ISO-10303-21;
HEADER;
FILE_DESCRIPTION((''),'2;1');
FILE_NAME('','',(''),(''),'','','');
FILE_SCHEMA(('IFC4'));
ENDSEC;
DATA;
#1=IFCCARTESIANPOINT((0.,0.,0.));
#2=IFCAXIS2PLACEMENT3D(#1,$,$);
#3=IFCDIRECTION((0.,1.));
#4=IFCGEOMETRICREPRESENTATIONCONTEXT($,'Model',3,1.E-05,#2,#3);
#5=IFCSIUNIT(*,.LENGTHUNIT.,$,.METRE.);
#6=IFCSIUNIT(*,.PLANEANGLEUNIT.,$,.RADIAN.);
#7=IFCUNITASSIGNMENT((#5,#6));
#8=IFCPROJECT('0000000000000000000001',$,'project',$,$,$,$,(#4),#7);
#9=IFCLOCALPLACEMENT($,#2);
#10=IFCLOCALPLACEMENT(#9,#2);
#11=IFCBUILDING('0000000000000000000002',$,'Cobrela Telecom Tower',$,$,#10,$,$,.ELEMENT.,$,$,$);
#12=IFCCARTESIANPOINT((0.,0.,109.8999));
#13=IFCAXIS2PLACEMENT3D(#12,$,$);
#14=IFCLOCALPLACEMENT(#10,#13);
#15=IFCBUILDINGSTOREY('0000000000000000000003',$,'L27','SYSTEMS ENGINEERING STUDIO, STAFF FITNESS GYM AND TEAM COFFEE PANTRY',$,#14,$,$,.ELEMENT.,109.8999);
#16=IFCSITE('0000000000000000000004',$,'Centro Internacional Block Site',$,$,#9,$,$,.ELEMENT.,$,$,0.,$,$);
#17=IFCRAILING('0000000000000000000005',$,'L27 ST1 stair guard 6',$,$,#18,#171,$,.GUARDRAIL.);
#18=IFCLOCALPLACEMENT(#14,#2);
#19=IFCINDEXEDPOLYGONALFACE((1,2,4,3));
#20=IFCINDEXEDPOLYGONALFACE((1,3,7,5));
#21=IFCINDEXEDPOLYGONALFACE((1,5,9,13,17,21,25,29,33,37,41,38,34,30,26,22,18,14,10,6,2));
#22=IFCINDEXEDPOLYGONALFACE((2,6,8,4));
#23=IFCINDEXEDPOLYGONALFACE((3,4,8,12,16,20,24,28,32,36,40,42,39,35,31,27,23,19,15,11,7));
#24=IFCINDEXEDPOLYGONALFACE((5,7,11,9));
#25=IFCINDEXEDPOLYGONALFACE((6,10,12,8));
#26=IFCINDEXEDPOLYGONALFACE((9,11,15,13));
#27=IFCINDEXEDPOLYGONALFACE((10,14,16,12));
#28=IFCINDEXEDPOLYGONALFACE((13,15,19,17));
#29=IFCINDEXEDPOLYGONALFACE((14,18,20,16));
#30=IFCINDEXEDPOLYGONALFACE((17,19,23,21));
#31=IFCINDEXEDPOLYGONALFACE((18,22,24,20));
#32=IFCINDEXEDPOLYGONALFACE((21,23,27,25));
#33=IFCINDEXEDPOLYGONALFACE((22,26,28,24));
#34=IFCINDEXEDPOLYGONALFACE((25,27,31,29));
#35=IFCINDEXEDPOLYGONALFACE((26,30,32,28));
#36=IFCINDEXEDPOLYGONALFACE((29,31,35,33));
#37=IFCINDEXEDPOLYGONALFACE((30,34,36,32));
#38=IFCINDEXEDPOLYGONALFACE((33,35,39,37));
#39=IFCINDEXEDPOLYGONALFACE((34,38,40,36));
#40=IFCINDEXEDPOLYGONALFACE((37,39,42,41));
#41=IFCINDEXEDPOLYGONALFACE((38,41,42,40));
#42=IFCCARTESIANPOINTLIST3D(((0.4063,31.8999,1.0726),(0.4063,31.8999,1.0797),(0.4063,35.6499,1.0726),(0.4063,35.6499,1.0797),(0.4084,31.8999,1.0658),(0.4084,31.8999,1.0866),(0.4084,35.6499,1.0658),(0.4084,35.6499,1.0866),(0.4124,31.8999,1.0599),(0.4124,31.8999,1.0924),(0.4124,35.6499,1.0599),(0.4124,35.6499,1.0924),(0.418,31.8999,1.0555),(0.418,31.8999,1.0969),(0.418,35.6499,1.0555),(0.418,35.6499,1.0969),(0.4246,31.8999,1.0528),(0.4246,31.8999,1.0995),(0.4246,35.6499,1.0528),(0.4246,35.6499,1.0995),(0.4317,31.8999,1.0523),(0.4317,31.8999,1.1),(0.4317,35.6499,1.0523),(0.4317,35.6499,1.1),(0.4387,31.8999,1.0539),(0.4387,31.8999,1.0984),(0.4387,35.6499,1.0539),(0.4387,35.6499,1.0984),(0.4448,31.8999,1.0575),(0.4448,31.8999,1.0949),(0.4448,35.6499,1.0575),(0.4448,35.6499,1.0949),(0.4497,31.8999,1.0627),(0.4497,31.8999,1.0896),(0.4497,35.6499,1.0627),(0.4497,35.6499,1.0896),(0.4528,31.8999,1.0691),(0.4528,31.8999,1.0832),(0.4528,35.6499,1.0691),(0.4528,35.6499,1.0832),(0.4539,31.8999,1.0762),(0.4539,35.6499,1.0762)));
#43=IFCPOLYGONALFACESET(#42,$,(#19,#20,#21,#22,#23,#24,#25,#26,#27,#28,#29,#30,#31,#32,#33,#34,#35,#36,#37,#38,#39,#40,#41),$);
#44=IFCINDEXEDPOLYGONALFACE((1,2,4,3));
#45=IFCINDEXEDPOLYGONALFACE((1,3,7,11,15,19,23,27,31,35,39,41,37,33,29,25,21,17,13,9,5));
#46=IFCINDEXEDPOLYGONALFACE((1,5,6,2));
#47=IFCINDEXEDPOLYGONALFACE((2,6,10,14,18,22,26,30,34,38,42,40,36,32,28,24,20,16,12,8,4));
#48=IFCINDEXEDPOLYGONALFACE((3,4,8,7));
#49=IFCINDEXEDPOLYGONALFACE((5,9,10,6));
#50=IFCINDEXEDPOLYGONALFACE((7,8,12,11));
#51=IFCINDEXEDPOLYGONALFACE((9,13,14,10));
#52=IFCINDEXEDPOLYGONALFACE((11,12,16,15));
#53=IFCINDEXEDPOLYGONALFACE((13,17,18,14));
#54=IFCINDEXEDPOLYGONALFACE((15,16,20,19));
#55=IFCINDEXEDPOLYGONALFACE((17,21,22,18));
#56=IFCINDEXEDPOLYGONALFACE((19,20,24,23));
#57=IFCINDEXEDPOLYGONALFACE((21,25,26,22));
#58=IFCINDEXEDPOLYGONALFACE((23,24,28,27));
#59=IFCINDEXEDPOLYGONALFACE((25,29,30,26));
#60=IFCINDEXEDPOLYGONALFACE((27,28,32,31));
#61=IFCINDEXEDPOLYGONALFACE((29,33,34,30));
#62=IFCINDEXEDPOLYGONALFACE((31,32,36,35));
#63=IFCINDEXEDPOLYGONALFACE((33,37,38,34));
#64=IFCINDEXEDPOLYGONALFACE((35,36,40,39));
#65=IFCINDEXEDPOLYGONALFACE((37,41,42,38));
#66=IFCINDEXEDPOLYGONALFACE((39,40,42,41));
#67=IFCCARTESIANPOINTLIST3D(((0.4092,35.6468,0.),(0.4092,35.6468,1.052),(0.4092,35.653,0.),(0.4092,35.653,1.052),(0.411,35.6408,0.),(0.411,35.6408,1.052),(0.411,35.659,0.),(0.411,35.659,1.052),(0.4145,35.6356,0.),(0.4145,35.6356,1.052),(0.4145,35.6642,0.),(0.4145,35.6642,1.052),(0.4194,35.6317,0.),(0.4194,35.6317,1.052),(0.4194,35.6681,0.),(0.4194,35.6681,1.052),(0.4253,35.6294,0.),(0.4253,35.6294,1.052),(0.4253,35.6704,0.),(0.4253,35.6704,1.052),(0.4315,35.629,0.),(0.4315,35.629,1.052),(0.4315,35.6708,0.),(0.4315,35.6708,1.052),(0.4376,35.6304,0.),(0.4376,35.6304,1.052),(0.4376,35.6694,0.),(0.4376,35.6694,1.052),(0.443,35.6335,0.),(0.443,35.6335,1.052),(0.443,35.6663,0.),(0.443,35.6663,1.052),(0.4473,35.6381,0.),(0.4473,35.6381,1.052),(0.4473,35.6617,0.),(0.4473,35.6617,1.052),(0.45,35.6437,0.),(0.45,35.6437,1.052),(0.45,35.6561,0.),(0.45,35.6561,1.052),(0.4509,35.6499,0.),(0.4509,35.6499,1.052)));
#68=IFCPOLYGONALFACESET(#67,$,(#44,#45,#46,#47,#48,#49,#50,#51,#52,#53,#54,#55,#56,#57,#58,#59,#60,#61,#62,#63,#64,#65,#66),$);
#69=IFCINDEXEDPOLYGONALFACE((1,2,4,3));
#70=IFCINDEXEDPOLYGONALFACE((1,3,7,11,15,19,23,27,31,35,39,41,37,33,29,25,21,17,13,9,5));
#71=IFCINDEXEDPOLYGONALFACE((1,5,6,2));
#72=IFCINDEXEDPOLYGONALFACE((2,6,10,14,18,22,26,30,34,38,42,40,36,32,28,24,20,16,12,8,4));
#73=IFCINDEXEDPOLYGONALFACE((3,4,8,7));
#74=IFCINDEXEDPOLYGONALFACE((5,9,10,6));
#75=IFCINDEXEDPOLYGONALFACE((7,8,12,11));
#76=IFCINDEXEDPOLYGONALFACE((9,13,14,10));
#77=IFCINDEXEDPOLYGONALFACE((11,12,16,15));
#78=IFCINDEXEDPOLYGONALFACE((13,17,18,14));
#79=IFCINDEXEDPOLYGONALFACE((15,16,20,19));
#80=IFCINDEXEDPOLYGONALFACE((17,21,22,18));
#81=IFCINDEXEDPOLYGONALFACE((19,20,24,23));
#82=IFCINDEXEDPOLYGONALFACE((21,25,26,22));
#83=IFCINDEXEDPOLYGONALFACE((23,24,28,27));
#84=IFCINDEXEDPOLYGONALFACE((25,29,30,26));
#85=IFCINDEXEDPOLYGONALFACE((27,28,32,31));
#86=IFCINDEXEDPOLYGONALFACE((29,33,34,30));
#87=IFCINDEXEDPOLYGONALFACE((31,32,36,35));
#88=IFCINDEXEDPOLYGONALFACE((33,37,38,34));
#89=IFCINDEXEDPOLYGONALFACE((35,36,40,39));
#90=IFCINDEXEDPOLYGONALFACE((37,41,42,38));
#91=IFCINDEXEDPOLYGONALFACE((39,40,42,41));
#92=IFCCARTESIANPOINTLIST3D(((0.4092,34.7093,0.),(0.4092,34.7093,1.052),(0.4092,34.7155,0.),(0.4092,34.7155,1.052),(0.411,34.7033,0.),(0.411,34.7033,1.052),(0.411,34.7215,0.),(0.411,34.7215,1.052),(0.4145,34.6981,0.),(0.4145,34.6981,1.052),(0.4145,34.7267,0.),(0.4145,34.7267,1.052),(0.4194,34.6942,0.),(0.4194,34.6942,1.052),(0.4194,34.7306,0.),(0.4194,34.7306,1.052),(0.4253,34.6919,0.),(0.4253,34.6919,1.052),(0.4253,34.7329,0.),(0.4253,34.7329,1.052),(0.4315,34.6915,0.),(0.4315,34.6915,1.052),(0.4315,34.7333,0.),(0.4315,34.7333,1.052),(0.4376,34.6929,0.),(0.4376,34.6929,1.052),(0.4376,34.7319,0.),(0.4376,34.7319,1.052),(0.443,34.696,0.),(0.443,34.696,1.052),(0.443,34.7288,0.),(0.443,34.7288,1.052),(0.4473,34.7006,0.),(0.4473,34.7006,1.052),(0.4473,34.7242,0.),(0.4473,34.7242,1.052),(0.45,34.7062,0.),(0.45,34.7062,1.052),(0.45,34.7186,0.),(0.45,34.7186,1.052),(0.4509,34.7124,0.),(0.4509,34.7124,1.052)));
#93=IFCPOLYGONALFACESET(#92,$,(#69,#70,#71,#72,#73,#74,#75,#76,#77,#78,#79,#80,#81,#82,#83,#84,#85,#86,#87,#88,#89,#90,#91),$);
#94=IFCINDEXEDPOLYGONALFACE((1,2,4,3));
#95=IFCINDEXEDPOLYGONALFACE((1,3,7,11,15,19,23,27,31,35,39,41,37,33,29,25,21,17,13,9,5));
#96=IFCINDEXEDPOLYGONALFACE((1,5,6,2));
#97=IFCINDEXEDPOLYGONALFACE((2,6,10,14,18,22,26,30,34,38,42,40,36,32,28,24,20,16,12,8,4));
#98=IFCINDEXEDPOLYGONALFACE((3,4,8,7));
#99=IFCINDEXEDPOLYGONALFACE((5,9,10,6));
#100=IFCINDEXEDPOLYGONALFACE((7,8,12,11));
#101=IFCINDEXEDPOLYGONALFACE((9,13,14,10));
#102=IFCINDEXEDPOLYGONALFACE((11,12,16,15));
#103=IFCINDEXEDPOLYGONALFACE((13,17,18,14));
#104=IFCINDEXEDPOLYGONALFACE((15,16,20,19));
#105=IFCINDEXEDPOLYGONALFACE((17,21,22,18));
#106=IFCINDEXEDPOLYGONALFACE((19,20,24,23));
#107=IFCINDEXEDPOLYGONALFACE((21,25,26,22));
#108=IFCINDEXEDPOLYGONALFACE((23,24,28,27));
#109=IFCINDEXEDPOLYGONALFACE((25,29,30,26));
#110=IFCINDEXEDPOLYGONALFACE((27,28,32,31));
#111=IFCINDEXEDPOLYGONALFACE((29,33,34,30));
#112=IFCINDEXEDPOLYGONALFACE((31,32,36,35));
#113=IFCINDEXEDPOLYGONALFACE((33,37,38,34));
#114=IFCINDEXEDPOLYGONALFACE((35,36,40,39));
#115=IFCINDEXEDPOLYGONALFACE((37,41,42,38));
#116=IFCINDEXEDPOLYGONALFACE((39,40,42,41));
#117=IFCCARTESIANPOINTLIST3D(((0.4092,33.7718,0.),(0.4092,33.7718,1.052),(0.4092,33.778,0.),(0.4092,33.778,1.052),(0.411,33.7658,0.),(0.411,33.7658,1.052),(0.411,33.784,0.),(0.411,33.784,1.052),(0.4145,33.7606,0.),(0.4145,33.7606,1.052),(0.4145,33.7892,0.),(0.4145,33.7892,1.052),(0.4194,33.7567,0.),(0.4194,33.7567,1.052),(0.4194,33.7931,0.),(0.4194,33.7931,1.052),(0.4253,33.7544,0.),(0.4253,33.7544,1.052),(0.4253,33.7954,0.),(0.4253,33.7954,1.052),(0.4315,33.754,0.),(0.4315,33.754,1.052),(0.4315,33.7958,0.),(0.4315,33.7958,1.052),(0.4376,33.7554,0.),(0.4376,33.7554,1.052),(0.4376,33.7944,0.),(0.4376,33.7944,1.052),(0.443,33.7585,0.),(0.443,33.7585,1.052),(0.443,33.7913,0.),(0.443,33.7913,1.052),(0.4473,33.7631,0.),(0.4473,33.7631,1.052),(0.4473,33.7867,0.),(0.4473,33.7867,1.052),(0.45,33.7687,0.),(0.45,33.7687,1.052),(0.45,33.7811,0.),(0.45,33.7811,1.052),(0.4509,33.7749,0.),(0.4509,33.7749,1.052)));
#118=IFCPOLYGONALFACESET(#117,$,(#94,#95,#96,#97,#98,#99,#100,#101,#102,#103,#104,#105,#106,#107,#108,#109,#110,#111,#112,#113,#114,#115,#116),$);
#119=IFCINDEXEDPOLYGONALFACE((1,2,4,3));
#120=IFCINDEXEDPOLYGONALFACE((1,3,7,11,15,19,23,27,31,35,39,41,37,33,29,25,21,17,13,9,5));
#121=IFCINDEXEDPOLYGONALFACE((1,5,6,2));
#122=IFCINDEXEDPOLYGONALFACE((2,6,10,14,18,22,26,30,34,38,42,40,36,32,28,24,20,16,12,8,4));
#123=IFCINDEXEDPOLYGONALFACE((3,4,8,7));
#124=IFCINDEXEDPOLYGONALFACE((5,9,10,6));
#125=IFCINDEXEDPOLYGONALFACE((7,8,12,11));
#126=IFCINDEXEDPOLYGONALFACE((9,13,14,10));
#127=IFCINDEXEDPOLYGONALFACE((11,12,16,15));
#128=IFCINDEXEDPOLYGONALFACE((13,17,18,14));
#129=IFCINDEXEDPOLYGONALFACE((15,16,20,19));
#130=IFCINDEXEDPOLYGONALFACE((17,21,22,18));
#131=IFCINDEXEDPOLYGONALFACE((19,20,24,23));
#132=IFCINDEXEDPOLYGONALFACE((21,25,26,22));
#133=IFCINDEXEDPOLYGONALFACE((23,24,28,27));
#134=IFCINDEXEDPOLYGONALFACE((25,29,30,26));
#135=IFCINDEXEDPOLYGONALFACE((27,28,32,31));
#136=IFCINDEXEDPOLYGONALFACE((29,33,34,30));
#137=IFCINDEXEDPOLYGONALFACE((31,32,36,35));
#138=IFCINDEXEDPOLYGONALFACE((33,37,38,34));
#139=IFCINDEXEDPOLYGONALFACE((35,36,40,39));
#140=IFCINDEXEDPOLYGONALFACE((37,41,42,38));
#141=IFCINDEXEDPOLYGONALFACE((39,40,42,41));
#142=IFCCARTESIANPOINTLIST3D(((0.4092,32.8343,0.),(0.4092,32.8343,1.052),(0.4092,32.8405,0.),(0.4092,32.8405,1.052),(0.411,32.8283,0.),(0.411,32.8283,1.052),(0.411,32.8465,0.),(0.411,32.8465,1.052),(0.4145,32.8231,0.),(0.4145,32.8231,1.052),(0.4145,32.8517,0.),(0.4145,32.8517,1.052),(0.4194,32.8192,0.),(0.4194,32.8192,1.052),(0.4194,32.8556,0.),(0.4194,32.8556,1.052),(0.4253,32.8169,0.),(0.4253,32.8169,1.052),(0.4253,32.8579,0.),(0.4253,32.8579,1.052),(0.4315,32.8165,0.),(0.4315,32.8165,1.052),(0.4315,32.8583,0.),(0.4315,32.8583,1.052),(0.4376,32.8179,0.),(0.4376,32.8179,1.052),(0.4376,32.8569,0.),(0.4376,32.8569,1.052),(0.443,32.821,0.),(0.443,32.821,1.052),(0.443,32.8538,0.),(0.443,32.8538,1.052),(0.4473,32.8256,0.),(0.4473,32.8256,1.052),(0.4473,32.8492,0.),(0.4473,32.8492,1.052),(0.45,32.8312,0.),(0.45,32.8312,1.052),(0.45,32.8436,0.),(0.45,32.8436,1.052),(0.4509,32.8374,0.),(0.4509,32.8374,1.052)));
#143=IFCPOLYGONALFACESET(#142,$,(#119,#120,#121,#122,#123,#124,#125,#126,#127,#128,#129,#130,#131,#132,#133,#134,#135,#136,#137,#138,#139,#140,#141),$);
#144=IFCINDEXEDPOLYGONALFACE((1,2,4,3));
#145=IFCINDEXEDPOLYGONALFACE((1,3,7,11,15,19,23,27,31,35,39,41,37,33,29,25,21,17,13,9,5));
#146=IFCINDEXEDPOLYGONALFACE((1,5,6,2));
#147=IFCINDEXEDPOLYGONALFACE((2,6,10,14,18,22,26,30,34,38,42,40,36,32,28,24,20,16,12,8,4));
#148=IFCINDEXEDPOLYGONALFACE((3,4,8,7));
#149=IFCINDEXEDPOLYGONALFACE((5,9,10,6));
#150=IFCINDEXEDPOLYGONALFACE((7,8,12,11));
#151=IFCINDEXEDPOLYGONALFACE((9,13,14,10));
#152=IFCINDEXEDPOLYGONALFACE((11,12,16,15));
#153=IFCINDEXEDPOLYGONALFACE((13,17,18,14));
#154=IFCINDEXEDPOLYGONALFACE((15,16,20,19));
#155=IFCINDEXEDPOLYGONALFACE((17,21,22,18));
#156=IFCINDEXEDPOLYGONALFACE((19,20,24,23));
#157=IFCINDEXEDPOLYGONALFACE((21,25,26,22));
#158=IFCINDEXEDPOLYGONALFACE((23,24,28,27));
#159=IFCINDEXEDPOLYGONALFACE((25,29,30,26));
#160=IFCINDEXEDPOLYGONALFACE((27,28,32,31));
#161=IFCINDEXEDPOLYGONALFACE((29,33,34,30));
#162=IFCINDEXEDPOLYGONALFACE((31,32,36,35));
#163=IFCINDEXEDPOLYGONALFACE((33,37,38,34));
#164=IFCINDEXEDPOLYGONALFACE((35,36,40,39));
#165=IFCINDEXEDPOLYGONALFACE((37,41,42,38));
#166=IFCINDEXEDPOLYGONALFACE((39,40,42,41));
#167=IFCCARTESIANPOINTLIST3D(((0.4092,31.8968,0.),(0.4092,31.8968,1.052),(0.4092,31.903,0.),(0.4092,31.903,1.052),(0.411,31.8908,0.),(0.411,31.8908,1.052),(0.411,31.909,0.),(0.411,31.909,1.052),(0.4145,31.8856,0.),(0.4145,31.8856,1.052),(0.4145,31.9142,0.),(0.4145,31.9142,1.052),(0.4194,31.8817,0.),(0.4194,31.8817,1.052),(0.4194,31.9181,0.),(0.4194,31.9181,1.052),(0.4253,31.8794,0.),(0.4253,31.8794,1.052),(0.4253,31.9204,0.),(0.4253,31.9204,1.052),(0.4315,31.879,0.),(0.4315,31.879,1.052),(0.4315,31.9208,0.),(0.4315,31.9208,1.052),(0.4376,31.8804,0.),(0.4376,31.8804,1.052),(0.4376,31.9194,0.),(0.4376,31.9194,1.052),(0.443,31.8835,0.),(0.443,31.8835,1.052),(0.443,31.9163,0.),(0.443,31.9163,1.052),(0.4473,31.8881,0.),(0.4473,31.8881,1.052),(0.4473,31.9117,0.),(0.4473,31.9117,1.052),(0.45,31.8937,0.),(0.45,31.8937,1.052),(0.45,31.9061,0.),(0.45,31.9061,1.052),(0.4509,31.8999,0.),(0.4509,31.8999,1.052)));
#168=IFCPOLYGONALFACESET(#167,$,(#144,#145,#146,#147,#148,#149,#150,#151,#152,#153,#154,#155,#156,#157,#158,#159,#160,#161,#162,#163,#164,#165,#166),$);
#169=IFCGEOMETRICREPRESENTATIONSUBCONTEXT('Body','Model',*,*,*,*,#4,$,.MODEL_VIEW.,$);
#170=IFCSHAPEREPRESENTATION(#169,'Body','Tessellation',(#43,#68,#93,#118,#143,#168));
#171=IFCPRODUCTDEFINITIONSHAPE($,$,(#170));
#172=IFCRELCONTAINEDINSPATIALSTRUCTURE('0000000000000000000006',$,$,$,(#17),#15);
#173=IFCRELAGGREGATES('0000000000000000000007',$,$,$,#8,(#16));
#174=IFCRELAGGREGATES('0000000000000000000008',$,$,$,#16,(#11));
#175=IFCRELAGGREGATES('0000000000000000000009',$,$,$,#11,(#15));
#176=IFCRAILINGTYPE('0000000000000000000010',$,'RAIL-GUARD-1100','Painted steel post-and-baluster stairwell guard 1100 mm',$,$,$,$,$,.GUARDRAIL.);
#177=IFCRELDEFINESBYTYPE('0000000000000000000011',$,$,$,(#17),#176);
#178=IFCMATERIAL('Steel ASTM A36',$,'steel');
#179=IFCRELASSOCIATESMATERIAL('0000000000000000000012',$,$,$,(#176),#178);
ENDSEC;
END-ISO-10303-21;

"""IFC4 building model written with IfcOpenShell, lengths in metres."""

from ifc_helpers import new_model, si_unit, direction, frame, origin, origin_2d, place, context, subcontext, project, spatial, circle, extrude, material, type_object, element, save


model = new_model("IFC4")

# Units and contexts
model_context = context("Model", 3, precision=1e-05, world=origin(), true_north=direction((0.0, 1.0)))
body_context = subcontext(model_context, "Body", "Model", "MODEL_VIEW")
ifc_project = project(units=[si_unit("LENGTHUNIT", "METRE"), si_unit("PLANEANGLEUNIT", "RADIAN")], contexts=[model_context])

# Site, building, storey
site_placement = place(None, origin())
site = spatial("IfcSite", under=ifc_project, at=site_placement, Name="Centro Internacional Block Site", CompositionType="ELEMENT", RefElevation=0.0)
building_placement = place(site_placement, origin())
building = spatial("IfcBuilding", under=site, at=building_placement, Name="Cobrela Telecom Tower", CompositionType="ELEMENT")
storey_placement = place(building_placement, frame((0.0, 0.0, 109.8999)))
storey = spatial("IfcBuildingStorey", under=building, at=storey_placement, Name="L27", Description="SYSTEMS ENGINEERING STUDIO, STAFF FITNESS GYM AND TEAM COFFEE PANTRY", CompositionType="ELEMENT", Elevation=109.8999)

# Shared definitions
ifc_material_1 = material(Name="Steel ASTM A36", Category="steel")

# Railing
railing_type_1 = type_object("IfcRailingType", Name="RAIL-GUARD-1100", Description="Painted steel post-and-baluster stairwell guard 1100 mm", PredefinedType="GUARDRAIL", material=ifc_material_1)
railing_1_placement = place(storey_placement, frame((0.4299, 35.6499, 0.0)))
element("IfcRailing", 1, at=railing_1_placement, inside=storey, type_object=railing_type_1, Name="L27 ST1 stair guard 6", PredefinedType="GUARDRAIL", context=body_context, shape_type="SweptSolid", body=[
    extrude(circle(Radius=0.0239, at=origin_2d()), frame((0.0, 0.0, 1.0762), z_axis=(0.0, -1.0, 0.0), x_axis=(1.0, 0.0, 0.0)), (0.0, 0.0, 1.0), 3.75),
    extrude(circle(Radius=0.021, at=origin_2d()), origin(), (0.0, 0.0, 1.0), 1.052),
    extrude(circle(Radius=0.021, at=origin_2d()), frame((0.0, -0.9375, 0.0)), (0.0, 0.0, 1.0), 1.052),
    extrude(circle(Radius=0.021, at=origin_2d()), frame((0.0, -1.875, 0.0)), (0.0, 0.0, 1.0), 1.052),
    extrude(circle(Radius=0.021, at=origin_2d()), frame((0.0, -2.8125, 0.0)), (0.0, 0.0, 1.0), 1.052),
    extrude(circle(Radius=0.021, at=origin_2d()), frame((0.0, -3.75, 0.0)), (0.0, 0.0, 1.0), 1.052),
])

save(model, "model.ifc")
